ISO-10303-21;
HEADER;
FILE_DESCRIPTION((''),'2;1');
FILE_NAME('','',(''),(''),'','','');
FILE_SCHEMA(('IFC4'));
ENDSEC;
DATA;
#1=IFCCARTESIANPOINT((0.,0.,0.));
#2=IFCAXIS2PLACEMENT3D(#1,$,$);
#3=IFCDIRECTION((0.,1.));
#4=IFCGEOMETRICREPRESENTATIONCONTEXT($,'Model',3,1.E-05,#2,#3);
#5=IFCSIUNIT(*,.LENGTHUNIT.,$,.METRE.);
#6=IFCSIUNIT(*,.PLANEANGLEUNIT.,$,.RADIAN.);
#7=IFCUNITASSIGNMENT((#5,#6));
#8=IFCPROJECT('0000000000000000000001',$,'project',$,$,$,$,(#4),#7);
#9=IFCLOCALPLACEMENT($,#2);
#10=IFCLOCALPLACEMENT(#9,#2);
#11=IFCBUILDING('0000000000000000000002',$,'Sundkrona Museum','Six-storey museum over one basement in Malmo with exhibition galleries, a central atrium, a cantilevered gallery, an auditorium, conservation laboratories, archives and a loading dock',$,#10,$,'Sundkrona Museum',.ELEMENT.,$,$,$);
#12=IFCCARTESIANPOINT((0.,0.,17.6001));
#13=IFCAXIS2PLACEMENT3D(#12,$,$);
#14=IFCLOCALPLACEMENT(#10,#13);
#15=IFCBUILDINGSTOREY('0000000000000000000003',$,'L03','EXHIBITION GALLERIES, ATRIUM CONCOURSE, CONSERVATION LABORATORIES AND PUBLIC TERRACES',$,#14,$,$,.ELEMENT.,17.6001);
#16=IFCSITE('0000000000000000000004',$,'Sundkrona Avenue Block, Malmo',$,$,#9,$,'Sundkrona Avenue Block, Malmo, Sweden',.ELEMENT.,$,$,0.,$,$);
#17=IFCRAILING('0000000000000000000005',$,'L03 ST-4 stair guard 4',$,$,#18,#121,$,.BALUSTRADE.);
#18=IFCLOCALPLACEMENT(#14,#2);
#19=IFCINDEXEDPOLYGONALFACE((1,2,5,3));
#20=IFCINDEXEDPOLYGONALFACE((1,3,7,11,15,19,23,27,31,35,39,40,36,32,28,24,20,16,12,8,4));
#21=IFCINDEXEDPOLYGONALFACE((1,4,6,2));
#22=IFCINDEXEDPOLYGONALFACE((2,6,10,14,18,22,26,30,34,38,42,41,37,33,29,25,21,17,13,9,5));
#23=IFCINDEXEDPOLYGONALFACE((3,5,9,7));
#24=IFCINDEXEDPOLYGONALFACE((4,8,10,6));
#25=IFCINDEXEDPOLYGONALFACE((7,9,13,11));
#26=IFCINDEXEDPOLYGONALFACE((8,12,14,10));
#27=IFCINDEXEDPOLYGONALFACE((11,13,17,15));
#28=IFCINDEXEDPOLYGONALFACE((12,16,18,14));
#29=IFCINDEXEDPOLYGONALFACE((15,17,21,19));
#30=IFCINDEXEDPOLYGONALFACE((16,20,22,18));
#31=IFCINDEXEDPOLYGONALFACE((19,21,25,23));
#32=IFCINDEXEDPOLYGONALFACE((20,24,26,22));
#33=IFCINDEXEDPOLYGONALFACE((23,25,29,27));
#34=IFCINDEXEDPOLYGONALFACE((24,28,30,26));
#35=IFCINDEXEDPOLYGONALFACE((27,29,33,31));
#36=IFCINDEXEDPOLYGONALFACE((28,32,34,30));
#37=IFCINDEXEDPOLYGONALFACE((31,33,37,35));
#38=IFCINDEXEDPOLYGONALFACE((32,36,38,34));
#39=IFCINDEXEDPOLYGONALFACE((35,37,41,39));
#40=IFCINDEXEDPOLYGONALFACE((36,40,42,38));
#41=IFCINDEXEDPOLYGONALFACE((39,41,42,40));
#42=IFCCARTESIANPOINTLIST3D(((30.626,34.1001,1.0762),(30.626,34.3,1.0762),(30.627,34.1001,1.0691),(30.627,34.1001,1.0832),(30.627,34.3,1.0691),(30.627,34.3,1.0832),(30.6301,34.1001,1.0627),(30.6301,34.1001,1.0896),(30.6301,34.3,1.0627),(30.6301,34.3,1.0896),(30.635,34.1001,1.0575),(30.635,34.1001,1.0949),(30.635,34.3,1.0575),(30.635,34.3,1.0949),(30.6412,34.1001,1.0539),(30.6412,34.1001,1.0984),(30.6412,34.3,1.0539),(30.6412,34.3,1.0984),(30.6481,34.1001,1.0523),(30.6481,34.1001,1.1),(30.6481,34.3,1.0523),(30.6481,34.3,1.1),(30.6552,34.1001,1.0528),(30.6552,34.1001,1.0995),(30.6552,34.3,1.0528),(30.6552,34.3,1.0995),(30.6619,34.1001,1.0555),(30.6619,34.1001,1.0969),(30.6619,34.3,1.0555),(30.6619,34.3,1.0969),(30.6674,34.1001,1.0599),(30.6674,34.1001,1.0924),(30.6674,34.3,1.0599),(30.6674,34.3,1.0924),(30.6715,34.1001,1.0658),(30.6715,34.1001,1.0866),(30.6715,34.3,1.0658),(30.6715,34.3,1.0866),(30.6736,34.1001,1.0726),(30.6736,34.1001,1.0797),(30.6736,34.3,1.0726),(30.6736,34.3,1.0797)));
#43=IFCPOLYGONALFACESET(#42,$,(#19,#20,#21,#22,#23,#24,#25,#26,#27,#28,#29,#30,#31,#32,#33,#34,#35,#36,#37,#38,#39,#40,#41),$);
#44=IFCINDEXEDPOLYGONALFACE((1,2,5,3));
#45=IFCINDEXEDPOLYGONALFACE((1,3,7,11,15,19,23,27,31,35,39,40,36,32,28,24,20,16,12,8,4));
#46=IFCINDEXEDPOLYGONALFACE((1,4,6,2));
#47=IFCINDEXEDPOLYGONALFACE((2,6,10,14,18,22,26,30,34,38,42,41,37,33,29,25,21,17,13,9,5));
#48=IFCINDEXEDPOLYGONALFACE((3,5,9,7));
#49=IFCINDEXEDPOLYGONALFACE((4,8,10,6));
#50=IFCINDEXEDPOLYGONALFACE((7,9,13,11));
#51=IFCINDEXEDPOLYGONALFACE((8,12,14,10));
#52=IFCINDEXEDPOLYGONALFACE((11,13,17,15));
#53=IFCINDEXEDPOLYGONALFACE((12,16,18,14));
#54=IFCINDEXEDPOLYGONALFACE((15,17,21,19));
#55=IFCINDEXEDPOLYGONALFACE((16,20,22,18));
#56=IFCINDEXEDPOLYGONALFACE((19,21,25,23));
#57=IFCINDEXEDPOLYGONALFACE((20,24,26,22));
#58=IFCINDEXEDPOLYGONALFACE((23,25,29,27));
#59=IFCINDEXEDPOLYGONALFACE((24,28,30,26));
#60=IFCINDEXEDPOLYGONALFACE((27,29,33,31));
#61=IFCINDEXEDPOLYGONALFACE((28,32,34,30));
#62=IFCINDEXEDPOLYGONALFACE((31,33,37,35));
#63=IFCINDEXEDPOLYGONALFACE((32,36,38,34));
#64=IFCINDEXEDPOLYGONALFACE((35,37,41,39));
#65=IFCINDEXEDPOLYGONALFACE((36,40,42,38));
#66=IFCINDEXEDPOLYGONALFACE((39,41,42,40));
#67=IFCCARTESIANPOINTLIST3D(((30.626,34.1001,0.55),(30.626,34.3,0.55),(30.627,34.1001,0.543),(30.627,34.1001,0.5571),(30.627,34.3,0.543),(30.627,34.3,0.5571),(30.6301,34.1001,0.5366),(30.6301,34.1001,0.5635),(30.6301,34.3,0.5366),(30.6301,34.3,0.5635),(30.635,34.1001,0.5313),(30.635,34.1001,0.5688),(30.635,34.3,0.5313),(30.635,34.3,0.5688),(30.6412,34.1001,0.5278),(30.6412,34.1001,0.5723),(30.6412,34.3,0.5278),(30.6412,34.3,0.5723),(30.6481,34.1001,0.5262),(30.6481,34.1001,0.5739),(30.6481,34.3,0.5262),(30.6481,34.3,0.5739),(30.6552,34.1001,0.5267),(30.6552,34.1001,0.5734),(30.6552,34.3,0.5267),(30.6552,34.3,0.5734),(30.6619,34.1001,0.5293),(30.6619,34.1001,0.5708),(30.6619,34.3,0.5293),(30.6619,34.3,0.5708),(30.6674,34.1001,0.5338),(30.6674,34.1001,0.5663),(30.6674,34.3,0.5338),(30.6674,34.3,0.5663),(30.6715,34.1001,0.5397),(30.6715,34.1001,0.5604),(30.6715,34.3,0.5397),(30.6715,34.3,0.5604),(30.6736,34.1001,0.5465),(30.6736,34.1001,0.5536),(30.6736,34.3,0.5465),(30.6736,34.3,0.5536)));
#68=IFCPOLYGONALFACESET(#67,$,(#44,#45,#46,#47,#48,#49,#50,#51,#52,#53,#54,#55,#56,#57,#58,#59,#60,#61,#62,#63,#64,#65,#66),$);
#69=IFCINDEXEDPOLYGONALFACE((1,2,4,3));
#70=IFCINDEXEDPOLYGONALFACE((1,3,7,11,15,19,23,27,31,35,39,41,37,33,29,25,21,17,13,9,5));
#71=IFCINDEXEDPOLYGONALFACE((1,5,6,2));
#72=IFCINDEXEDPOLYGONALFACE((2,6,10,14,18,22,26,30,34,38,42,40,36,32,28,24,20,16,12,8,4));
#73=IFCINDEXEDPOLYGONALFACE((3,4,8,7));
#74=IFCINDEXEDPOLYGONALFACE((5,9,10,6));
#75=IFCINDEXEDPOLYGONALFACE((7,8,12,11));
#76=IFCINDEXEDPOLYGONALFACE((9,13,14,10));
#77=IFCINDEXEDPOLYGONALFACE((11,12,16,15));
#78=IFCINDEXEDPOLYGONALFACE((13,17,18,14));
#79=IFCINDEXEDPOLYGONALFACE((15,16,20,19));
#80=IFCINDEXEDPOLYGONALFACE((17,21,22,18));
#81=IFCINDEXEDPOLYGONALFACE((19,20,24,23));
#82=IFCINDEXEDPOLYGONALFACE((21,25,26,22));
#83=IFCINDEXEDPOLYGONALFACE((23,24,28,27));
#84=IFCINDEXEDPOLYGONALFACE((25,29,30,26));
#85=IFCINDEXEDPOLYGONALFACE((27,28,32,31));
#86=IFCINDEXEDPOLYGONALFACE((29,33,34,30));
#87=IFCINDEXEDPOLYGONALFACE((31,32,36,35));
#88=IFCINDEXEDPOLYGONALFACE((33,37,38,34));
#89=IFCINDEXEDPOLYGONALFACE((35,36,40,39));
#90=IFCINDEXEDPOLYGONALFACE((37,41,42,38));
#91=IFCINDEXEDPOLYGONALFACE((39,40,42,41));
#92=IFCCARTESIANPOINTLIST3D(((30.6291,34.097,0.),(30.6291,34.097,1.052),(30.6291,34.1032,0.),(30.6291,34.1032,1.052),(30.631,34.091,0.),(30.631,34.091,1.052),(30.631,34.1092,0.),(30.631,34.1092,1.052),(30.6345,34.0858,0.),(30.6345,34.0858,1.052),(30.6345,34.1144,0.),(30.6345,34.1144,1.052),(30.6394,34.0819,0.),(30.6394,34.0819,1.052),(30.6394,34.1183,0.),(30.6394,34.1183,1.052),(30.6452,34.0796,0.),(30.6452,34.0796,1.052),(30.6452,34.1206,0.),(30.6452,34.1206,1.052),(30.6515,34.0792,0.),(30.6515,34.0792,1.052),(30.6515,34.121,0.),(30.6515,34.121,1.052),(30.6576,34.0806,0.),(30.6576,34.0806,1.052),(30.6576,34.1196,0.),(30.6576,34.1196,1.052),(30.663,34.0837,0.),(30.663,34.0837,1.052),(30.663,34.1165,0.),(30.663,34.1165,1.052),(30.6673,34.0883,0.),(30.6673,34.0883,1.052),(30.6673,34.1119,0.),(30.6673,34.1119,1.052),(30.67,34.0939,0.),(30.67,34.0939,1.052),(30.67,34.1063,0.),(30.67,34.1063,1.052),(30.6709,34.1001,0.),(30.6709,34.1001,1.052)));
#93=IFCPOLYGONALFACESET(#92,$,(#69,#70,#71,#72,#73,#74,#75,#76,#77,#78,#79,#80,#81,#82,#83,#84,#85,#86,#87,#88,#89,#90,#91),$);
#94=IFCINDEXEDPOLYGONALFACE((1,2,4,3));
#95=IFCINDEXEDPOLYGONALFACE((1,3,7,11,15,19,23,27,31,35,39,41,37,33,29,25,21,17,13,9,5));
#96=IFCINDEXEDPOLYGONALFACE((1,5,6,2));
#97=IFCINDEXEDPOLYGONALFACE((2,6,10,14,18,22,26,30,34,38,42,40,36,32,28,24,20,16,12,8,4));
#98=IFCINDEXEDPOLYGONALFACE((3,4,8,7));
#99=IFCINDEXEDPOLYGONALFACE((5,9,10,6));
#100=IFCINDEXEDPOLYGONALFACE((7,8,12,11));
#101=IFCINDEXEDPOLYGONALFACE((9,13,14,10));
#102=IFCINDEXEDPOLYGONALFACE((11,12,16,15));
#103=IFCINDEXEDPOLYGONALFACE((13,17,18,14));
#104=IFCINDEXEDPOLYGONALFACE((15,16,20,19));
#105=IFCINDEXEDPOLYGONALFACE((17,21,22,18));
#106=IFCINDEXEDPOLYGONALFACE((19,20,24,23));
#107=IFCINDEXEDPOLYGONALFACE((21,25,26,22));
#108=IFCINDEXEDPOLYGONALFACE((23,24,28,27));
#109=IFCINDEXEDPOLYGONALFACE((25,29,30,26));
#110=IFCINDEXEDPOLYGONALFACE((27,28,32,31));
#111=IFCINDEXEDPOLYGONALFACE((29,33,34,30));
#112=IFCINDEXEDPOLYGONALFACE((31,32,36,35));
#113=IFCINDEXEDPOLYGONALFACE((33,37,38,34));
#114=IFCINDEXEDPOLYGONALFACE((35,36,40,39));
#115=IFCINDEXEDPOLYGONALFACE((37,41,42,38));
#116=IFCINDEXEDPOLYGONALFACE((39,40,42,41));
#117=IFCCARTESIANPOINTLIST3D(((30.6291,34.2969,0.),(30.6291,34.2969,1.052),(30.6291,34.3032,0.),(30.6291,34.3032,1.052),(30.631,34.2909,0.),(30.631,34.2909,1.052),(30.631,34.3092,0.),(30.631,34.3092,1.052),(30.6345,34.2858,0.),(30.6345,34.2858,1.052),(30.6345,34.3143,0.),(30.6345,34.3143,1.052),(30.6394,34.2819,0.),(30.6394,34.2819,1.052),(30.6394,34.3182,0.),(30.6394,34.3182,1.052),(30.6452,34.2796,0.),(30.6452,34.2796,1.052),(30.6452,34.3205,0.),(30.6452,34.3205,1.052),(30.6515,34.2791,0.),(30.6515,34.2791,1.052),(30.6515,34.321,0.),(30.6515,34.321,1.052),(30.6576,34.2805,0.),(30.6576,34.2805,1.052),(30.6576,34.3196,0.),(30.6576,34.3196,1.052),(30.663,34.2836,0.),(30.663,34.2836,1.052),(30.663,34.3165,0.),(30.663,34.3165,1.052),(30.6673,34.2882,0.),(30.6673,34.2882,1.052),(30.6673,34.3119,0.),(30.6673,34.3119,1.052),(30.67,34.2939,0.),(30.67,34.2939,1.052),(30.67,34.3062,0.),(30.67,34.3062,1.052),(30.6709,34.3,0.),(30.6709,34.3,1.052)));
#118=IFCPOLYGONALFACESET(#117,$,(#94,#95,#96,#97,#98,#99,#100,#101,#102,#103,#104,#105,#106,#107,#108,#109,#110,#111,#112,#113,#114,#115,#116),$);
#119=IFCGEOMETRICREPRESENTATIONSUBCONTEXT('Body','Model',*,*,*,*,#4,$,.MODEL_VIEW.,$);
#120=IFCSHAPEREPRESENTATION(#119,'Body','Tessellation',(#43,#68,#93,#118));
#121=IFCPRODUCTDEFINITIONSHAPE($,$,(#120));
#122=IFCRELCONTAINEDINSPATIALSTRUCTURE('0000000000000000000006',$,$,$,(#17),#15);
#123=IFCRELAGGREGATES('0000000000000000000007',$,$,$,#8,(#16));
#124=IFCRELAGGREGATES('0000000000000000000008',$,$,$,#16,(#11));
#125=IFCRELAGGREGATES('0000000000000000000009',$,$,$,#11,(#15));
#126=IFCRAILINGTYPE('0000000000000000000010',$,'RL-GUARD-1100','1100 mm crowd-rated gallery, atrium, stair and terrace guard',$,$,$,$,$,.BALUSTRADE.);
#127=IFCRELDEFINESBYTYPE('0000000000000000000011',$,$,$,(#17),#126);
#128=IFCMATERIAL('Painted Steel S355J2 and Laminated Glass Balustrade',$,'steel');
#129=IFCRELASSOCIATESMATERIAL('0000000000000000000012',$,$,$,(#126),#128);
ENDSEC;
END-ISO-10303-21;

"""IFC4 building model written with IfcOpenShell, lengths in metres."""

from ifc_helpers import new_model, si_unit, direction, frame, origin, origin_2d, place, context, subcontext, project, spatial, circle, extrude, material, type_object, element, save


model = new_model("IFC4")

# Units and contexts
model_context = context("Model", 3, precision=1e-05, world=origin(), true_north=direction((0.0, 1.0)))
body_context = subcontext(model_context, "Body", "Model", "MODEL_VIEW")
ifc_project = project(units=[si_unit("LENGTHUNIT", "METRE"), si_unit("PLANEANGLEUNIT", "RADIAN")], contexts=[model_context])

# Site, building, storey
site_placement = place(None, origin())
site = spatial("IfcSite", under=ifc_project, at=site_placement, Name="Sundkrona Avenue Block, Malmo", LongName="Sundkrona Avenue Block, Malmo, Sweden", CompositionType="ELEMENT", RefElevation=0.0)
building_placement = place(site_placement, origin())
building = spatial("IfcBuilding", under=site, at=building_placement, Name="Sundkrona Museum", Description="Six-storey museum over one basement in Malmo with exhibition galleries, a central atrium, a cantilevered gallery, an auditorium, conservation laboratories, archives and a loading dock", LongName="Sundkrona Museum", CompositionType="ELEMENT")
storey_placement = place(building_placement, frame((0.0, 0.0, 17.6001)))
storey = spatial("IfcBuildingStorey", under=building, at=storey_placement, Name="L03", Description="EXHIBITION GALLERIES, ATRIUM CONCOURSE, CONSERVATION LABORATORIES AND PUBLIC TERRACES", CompositionType="ELEMENT", Elevation=17.6001)

# Railing
ifc_material_1 = material(Name="Painted Steel S355J2 and Laminated Glass Balustrade", Category="steel")
railing_type_1 = type_object("IfcRailingType", Name="RL-GUARD-1100", Description="1100 mm crowd-rated gallery, atrium, stair and terrace guard", PredefinedType="BALUSTRADE", material=ifc_material_1)
railing_1_placement = place(storey_placement, frame((30.6499, 34.1001, 0.0)))
element("IfcRailing", 1, at=railing_1_placement, inside=storey, type_object=railing_type_1, Name="L03 ST-4 stair guard 4", PredefinedType="BALUSTRADE", context=body_context, shape_type="SweptSolid", body=[
    extrude(circle(Radius=0.0239, at=origin_2d()), frame((0.0, 0.0, 1.0762), z_axis=(0.0, 1.0, 0.0), x_axis=(-1.0, 0.0, 0.0)), (0.0, 0.0, 1.0), 0.2),
    extrude(circle(Radius=0.0239, at=origin_2d()), frame((0.0, 0.0, 0.55), z_axis=(0.0, 1.0, 0.0), x_axis=(-1.0, 0.0, 0.0)), (0.0, 0.0, 1.0), 0.2),
    extrude(circle(Radius=0.021, at=origin_2d()), origin(), (0.0, 0.0, 1.0), 1.052),
    extrude(circle(Radius=0.021, at=origin_2d()), frame((0.0, 0.2, 0.0)), (0.0, 0.0, 1.0), 1.052),
])

save(model, "model.ifc")
